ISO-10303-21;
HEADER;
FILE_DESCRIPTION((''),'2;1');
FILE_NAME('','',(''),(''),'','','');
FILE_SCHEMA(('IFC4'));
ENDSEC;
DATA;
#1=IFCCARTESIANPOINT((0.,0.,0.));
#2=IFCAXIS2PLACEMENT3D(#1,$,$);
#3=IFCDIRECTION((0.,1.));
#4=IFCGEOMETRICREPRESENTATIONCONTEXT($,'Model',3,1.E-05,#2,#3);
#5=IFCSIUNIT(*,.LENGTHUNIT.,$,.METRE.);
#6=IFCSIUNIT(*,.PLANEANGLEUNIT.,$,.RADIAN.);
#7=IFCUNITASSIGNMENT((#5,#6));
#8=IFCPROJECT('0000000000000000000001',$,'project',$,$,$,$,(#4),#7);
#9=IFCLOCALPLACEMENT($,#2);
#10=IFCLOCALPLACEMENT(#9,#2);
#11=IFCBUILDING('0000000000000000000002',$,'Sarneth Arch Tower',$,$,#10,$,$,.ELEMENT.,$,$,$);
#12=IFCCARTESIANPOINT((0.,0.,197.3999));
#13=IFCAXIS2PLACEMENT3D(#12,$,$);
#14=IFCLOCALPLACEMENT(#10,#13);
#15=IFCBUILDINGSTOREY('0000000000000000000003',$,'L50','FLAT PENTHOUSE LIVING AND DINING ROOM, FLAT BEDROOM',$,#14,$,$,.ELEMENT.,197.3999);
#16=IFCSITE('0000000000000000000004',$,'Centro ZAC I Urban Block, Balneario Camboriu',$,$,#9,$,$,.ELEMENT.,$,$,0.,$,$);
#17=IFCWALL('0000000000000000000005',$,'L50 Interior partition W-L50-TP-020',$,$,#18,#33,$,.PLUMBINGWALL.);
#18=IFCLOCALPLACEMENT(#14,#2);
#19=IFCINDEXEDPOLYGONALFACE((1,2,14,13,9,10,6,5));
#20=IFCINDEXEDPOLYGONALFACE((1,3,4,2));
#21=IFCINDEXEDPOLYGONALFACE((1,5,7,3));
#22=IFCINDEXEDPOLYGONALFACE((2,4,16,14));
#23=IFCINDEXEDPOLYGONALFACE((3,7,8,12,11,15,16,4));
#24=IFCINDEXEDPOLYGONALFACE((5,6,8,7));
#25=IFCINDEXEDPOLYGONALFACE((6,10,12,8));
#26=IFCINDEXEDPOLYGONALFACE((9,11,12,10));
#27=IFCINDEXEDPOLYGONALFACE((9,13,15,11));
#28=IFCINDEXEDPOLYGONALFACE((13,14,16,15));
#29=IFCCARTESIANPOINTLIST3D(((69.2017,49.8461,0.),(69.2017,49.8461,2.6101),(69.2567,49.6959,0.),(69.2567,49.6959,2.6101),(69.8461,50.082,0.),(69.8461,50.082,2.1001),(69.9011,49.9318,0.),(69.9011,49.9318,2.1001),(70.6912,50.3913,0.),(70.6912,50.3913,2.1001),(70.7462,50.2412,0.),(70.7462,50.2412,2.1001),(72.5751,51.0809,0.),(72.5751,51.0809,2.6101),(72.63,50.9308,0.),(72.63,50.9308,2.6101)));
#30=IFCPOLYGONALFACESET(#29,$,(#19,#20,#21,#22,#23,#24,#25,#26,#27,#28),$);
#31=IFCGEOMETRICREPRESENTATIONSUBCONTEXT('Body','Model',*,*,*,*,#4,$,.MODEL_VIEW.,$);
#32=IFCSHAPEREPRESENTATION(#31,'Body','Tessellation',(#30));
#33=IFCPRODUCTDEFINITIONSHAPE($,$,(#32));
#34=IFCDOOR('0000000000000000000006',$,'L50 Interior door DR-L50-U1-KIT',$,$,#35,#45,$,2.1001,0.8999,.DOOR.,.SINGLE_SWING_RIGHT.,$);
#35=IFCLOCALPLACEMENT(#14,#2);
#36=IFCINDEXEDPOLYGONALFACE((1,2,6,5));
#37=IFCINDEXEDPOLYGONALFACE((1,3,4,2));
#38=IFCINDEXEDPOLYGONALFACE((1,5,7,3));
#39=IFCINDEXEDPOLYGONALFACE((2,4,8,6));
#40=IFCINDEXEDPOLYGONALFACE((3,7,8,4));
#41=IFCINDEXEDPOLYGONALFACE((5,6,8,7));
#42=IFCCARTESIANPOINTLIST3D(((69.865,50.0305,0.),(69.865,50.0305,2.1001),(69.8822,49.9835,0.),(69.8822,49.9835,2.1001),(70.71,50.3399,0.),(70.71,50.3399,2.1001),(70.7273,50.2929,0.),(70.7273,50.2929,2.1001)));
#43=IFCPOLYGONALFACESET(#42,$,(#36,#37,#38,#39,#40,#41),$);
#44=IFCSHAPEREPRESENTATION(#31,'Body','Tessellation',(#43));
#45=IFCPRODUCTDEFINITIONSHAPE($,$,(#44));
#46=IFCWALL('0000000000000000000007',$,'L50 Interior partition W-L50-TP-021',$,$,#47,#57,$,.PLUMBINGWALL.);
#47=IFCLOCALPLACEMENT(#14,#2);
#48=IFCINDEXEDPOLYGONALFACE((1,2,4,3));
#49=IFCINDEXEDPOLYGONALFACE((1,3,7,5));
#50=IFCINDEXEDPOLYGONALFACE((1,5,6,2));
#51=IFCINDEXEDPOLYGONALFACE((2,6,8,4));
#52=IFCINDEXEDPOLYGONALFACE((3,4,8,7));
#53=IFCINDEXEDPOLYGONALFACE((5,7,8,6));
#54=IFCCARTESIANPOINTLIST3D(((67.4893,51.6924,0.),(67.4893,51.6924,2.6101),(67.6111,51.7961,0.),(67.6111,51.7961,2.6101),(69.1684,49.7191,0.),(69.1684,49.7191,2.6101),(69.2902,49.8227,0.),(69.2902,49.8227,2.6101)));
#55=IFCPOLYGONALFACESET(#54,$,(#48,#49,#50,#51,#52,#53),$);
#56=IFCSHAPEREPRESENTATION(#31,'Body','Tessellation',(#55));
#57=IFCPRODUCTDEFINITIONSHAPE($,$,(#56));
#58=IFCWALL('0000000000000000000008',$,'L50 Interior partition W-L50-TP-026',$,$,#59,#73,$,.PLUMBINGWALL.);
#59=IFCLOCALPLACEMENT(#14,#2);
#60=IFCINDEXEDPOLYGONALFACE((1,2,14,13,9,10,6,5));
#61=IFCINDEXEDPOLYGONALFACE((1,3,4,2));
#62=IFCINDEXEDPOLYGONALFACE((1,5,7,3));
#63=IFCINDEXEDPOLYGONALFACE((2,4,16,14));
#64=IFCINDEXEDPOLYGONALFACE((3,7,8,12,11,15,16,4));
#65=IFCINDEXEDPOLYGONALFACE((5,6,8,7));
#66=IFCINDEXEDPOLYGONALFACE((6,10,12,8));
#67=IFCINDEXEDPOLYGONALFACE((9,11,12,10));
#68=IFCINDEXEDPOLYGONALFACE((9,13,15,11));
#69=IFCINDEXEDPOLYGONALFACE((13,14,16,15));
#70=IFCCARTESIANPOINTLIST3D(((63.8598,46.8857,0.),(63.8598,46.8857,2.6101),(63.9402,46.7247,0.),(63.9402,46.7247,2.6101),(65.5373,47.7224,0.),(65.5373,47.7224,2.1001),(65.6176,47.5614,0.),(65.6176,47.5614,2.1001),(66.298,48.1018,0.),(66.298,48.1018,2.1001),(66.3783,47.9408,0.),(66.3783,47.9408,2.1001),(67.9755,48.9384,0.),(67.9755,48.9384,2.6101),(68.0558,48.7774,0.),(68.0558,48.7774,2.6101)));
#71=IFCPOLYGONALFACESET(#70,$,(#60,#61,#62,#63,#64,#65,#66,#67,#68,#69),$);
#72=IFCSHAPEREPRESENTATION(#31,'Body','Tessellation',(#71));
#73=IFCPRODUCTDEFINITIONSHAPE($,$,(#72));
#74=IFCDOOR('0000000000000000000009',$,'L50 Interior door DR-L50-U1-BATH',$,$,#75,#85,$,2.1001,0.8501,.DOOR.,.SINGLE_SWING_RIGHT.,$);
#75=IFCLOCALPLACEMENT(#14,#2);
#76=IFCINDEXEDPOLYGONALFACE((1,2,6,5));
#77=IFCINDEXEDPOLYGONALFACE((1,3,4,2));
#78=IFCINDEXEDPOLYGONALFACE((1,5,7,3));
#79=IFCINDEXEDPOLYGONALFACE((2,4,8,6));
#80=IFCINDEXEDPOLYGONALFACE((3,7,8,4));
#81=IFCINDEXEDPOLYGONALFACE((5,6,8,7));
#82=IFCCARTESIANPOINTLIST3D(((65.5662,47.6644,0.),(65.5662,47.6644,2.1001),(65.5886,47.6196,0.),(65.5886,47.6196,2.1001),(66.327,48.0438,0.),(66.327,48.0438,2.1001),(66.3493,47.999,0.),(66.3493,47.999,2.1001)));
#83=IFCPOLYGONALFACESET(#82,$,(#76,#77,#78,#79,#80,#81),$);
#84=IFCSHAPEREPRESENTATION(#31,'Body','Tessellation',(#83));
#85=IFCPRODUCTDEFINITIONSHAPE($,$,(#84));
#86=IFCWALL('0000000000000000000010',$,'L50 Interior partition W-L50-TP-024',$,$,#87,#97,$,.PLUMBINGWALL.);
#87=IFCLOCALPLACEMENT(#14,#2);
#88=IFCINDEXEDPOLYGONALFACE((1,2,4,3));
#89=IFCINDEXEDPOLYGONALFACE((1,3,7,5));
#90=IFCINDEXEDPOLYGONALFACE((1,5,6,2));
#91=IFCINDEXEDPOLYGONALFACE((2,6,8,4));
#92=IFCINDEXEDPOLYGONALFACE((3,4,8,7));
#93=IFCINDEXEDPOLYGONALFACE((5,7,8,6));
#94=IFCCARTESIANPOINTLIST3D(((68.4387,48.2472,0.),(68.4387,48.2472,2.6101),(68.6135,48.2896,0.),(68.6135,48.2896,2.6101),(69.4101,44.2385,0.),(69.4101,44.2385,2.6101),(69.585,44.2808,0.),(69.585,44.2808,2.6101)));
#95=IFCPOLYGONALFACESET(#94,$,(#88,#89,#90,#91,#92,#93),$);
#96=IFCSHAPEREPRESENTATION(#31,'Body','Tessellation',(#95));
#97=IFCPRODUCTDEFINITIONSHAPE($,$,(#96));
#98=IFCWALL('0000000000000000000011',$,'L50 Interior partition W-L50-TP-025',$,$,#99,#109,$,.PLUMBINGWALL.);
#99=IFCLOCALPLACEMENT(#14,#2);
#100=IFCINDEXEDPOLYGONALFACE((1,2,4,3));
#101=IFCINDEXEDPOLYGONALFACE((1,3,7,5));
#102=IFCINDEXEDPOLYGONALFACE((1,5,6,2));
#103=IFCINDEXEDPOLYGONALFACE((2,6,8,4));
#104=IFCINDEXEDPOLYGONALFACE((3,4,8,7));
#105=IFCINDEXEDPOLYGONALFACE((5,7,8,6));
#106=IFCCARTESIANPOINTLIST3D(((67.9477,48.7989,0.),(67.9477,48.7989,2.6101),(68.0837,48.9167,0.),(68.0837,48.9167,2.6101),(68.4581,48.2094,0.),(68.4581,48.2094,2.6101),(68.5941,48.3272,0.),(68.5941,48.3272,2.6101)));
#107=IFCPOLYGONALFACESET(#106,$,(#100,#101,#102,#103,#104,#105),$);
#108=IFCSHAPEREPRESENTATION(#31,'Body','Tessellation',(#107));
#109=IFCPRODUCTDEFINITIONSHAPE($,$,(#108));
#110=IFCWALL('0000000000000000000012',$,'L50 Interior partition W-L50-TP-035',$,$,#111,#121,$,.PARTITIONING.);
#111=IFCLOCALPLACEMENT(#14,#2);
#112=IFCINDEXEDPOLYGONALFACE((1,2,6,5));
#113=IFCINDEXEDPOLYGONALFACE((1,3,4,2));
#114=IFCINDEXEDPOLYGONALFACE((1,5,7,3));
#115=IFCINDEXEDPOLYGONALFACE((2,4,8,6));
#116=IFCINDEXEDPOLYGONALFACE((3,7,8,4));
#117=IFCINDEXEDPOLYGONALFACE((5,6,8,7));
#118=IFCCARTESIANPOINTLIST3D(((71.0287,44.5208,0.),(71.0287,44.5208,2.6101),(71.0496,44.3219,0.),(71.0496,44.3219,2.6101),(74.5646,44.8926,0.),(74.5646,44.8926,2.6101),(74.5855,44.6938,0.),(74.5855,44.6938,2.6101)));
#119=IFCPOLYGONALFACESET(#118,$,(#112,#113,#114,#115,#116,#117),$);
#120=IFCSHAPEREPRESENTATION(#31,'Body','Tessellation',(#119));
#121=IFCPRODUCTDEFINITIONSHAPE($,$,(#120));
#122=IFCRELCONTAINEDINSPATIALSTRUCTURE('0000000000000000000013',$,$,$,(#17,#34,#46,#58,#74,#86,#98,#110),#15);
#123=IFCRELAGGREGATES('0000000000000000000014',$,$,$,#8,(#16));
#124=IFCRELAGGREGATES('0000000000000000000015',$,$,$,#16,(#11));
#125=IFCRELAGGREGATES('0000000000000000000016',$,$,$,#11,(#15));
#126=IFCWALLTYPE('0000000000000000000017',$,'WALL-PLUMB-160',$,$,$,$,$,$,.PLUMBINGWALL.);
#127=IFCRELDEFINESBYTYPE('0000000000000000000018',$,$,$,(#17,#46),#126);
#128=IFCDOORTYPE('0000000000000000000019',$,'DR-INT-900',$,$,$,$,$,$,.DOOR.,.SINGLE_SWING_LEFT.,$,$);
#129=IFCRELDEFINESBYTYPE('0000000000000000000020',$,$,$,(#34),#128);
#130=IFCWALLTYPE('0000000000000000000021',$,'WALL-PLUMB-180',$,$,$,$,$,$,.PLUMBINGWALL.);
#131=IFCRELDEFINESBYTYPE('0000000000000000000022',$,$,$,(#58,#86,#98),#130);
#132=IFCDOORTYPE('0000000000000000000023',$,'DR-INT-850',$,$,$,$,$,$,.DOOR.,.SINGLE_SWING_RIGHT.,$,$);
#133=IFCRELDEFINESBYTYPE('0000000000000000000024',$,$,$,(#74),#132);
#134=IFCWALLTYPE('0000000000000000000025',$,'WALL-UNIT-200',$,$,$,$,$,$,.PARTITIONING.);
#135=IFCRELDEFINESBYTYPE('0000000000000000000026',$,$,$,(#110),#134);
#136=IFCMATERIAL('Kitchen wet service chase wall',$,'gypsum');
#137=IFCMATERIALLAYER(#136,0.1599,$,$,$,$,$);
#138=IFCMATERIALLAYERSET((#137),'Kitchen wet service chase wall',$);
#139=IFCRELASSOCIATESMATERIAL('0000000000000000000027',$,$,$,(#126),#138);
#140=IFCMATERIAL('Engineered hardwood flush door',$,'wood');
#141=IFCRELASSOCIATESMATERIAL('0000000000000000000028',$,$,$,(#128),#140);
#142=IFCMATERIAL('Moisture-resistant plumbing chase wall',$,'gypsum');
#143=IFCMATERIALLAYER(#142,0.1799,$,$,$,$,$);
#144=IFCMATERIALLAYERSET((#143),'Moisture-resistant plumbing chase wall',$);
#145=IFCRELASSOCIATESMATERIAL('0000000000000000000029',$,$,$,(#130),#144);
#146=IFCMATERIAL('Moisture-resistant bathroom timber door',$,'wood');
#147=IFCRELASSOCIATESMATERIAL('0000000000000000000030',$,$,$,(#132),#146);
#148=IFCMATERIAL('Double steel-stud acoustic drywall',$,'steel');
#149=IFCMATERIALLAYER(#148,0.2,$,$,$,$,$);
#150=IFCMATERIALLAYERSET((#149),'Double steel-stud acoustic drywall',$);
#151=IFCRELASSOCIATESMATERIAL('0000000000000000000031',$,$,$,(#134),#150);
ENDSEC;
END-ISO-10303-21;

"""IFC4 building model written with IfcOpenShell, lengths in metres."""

from ifc_helpers import new_model, si_unit, direction, frame, frame_2d, origin, place, context, subcontext, project, spatial, rectangle, extrude, material, layer, layer_set, type_object, element, fill, save


model = new_model("IFC4")

# Units and contexts
model_context = context("Model", 3, precision=1e-05, world=origin(), true_north=direction((0.0, 1.0)))
body_context = subcontext(model_context, "Body", "Model", "MODEL_VIEW")
ifc_project = project(units=[si_unit("LENGTHUNIT", "METRE"), si_unit("PLANEANGLEUNIT", "RADIAN")], contexts=[model_context])

# Site, building, storey
site_placement = place(None, origin())
site = spatial("IfcSite", under=ifc_project, at=site_placement, Name="Centro ZAC I Urban Block, Balneario Camboriu", CompositionType="ELEMENT", RefElevation=0.0)
building_placement = place(site_placement, origin())
building = spatial("IfcBuilding", under=site, at=building_placement, Name="Sarneth Arch Tower", CompositionType="ELEMENT")
storey_placement = place(building_placement, frame((0.0, 0.0, 197.3999)))
storey = spatial("IfcBuildingStorey", under=building, at=storey_placement, Name="L50", Description="FLAT PENTHOUSE LIVING AND DINING ROOM, FLAT BEDROOM", CompositionType="ELEMENT", Elevation=197.3999)

# Wall, opening, door
ifc_material_1 = material(Name="Kitchen wet service chase wall", Category="gypsum")
ifc_layer_1 = layer(ifc_material_1, 0.1599)
ifc_layer_set_1 = layer_set([ifc_layer_1], Name="Kitchen wet service chase wall")
wall_type_1 = type_object("IfcWallType", Name="WALL-PLUMB-160", PredefinedType="PLUMBINGWALL", material=ifc_layer_set_1)
wall_1_placement = place(storey_placement, frame((72.6025, 51.0059, 0.0), z_axis=(0.0, 0.0, 1.0), x_axis=(-0.939057, -0.343761, 0.0)))
wall_1 = element("IfcWall", 1, at=wall_1_placement, inside=storey, type_object=wall_type_1, Name="L50 Interior partition W-L50-TP-020", PredefinedType="PLUMBINGWALL", context=body_context, shape_type="SweptSolid", body=[
    extrude(rectangle(XDim=3.5923, YDim=0.1599, at=frame_2d((1.7961, 0.0))), origin(), (0.0, 0.0, 1.0), 2.6101),
])
opening_1_placement = place(wall_1_placement, frame((2.0061, 0.0, 0.0)))
opening_1 = element("IfcOpeningElement", 2, at=opening_1_placement, cuts=wall_1, PredefinedType="OPENING", context=body_context, shape_type="SweptSolid", body=[
    extrude(rectangle(XDim=0.8999, YDim=2.1001, at=frame_2d((0.45, 1.05))), frame((0.0, 0.0898, 0.0), z_axis=(0.0, -1.0, 0.0), x_axis=(1.0, 0.0, 0.0)), (0.0, 0.0, 1.0), 0.1799),
])
ifc_material_2 = material(Name="Engineered hardwood flush door", Category="wood")
door_type_1 = type_object("IfcDoorType", Name="DR-INT-900", OperationType="SINGLE_SWING_LEFT", PredefinedType="DOOR", material=ifc_material_2)
door_1_placement = place(opening_1_placement, origin())
door_1 = element("IfcDoor", 3, at=door_1_placement, inside=storey, type_object=door_type_1, Name="L50 Interior door DR-L50-U1-KIT", OperationType="SINGLE_SWING_RIGHT", OverallHeight=2.1001, OverallWidth=0.8999, PredefinedType="DOOR", context=body_context, shape_type="SweptSolid", body=[
    extrude(rectangle(XDim=0.8999, YDim=2.1001, at=frame_2d((0.45, 1.05))), frame((0.0, 0.0249, 0.0), z_axis=(0.0, -1.0, 0.0), x_axis=(1.0, 0.0, 0.0)), (0.0, 0.0, 1.0), 0.05),
])
fill(opening_1, door_1)

# Wall
wall_2_placement = place(storey_placement, frame((69.2292, 49.771, 0.0), z_axis=(0.0, 0.0, 1.0), x_axis=(-0.648056, 0.761593, 0.0)))
element("IfcWall", 4, at=wall_2_placement, inside=storey, type_object=wall_type_1, Name="L50 Interior partition W-L50-TP-021", PredefinedType="PLUMBINGWALL", context=body_context, shape_type="SweptSolid", body=[
    extrude(rectangle(XDim=2.5911, YDim=0.1599, at=frame_2d((1.2954, 0.0))), origin(), (0.0, 0.0, 1.0), 2.6101),
])

# Wall, opening, door
ifc_material_3 = material(Name="Moisture-resistant plumbing chase wall", Category="gypsum")
ifc_layer_2 = layer(ifc_material_3, 0.1799)
ifc_layer_set_2 = layer_set([ifc_layer_2], Name="Moisture-resistant plumbing chase wall")
wall_type_2 = type_object("IfcWallType", Name="WALL-PLUMB-180", PredefinedType="PLUMBINGWALL", material=ifc_layer_set_2)
wall_3_placement = place(storey_placement, frame((68.0156, 48.8579, 0.0), z_axis=(0.0, 0.0, 1.0), x_axis=(-0.894873, -0.446322, 0.0)))
wall_3 = element("IfcWall", 5, at=wall_3_placement, inside=storey, type_object=wall_type_2, Name="L50 Interior partition W-L50-TP-026", PredefinedType="PLUMBINGWALL", context=body_context, shape_type="SweptSolid", body=[
    extrude(rectangle(XDim=4.5991, YDim=0.1799, at=frame_2d((2.2996, 0.0))), origin(), (0.0, 0.0, 1.0), 2.6101),
])
opening_2_placement = place(wall_3_placement, frame((1.8745, 0.0, 0.0)))
opening_2 = element("IfcOpeningElement", 6, at=opening_2_placement, cuts=wall_3, PredefinedType="OPENING", context=body_context, shape_type="SweptSolid", body=[
    extrude(rectangle(XDim=0.8501, YDim=2.1001, at=frame_2d((0.425, 1.05))), frame((0.0, 0.0999, 0.0), z_axis=(0.0, -1.0, 0.0), x_axis=(1.0, 0.0, 0.0)), (0.0, 0.0, 1.0), 0.2),
])
ifc_material_4 = material(Name="Moisture-resistant bathroom timber door", Category="wood")
door_type_2 = type_object("IfcDoorType", Name="DR-INT-850", OperationType="SINGLE_SWING_RIGHT", PredefinedType="DOOR", material=ifc_material_4)
door_2_placement = place(opening_2_placement, origin())
door_2 = element("IfcDoor", 7, at=door_2_placement, inside=storey, type_object=door_type_2, Name="L50 Interior door DR-L50-U1-BATH", OperationType="SINGLE_SWING_RIGHT", OverallHeight=2.1001, OverallWidth=0.8501, PredefinedType="DOOR", context=body_context, shape_type="SweptSolid", body=[
    extrude(rectangle(XDim=0.8501, YDim=2.1001, at=frame_2d((0.425, 1.05))), frame((0.0, 0.0249, 0.0), z_axis=(0.0, -1.0, 0.0), x_axis=(1.0, 0.0, 0.0)), (0.0, 0.0, 1.0), 0.05),
])
fill(opening_2, door_2)

# Walls
wall_4_placement = place(storey_placement, frame((69.4976, 44.2595, 0.0), z_axis=(0.0, 0.0, 1.0), x_axis=(-0.23551, 0.971872, 0.0)))
element("IfcWall", 8, at=wall_4_placement, inside=storey, type_object=wall_type_2, Name="L50 Interior partition W-L50-TP-024", PredefinedType="PLUMBINGWALL", context=body_context, shape_type="SweptSolid", body=[
    extrude(rectangle(XDim=4.1248, YDim=0.1799, at=frame_2d((2.0625, 0.0))), origin(), (0.0, 0.0, 1.0), 2.6101),
])
wall_5_placement = place(storey_placement, frame((68.5261, 48.2683, 0.0), z_axis=(0.0, 0.0, 1.0), x_axis=(-0.654573, 0.755999, 0.0)))
element("IfcWall", 9, at=wall_5_placement, inside=storey, type_object=wall_type_2, Name="L50 Interior partition W-L50-TP-025", PredefinedType="PLUMBINGWALL", context=body_context, shape_type="SweptSolid", body=[
    extrude(rectangle(XDim=0.7798, YDim=0.1799, at=frame_2d((0.3899, 0.0))), origin(), (0.0, 0.0, 1.0), 2.6101),
])
ifc_material_5 = material(Name="Double steel-stud acoustic drywall", Category="steel")
ifc_layer_3 = layer(ifc_material_5, 0.2)
ifc_layer_set_3 = layer_set([ifc_layer_3], Name="Double steel-stud acoustic drywall")
wall_type_3 = type_object("IfcWallType", Name="WALL-UNIT-200", PredefinedType="PARTITIONING", material=ifc_layer_set_3)
wall_6_placement = place(storey_placement, frame((74.5752, 44.7932, 0.0), z_axis=(0.0, 0.0, 1.0), x_axis=(-0.994516, -0.104581, 0.0)))
element("IfcWall", 10, at=wall_6_placement, inside=storey, type_object=wall_type_3, Name="L50 Interior partition W-L50-TP-035", PredefinedType="PARTITIONING", context=body_context, shape_type="SweptSolid", body=[
    extrude(rectangle(XDim=3.5554, YDim=0.2, at=frame_2d((1.7778, 0.0))), origin(), (0.0, 0.0, 1.0), 2.6101),
])

save(model, "model.ifc")
